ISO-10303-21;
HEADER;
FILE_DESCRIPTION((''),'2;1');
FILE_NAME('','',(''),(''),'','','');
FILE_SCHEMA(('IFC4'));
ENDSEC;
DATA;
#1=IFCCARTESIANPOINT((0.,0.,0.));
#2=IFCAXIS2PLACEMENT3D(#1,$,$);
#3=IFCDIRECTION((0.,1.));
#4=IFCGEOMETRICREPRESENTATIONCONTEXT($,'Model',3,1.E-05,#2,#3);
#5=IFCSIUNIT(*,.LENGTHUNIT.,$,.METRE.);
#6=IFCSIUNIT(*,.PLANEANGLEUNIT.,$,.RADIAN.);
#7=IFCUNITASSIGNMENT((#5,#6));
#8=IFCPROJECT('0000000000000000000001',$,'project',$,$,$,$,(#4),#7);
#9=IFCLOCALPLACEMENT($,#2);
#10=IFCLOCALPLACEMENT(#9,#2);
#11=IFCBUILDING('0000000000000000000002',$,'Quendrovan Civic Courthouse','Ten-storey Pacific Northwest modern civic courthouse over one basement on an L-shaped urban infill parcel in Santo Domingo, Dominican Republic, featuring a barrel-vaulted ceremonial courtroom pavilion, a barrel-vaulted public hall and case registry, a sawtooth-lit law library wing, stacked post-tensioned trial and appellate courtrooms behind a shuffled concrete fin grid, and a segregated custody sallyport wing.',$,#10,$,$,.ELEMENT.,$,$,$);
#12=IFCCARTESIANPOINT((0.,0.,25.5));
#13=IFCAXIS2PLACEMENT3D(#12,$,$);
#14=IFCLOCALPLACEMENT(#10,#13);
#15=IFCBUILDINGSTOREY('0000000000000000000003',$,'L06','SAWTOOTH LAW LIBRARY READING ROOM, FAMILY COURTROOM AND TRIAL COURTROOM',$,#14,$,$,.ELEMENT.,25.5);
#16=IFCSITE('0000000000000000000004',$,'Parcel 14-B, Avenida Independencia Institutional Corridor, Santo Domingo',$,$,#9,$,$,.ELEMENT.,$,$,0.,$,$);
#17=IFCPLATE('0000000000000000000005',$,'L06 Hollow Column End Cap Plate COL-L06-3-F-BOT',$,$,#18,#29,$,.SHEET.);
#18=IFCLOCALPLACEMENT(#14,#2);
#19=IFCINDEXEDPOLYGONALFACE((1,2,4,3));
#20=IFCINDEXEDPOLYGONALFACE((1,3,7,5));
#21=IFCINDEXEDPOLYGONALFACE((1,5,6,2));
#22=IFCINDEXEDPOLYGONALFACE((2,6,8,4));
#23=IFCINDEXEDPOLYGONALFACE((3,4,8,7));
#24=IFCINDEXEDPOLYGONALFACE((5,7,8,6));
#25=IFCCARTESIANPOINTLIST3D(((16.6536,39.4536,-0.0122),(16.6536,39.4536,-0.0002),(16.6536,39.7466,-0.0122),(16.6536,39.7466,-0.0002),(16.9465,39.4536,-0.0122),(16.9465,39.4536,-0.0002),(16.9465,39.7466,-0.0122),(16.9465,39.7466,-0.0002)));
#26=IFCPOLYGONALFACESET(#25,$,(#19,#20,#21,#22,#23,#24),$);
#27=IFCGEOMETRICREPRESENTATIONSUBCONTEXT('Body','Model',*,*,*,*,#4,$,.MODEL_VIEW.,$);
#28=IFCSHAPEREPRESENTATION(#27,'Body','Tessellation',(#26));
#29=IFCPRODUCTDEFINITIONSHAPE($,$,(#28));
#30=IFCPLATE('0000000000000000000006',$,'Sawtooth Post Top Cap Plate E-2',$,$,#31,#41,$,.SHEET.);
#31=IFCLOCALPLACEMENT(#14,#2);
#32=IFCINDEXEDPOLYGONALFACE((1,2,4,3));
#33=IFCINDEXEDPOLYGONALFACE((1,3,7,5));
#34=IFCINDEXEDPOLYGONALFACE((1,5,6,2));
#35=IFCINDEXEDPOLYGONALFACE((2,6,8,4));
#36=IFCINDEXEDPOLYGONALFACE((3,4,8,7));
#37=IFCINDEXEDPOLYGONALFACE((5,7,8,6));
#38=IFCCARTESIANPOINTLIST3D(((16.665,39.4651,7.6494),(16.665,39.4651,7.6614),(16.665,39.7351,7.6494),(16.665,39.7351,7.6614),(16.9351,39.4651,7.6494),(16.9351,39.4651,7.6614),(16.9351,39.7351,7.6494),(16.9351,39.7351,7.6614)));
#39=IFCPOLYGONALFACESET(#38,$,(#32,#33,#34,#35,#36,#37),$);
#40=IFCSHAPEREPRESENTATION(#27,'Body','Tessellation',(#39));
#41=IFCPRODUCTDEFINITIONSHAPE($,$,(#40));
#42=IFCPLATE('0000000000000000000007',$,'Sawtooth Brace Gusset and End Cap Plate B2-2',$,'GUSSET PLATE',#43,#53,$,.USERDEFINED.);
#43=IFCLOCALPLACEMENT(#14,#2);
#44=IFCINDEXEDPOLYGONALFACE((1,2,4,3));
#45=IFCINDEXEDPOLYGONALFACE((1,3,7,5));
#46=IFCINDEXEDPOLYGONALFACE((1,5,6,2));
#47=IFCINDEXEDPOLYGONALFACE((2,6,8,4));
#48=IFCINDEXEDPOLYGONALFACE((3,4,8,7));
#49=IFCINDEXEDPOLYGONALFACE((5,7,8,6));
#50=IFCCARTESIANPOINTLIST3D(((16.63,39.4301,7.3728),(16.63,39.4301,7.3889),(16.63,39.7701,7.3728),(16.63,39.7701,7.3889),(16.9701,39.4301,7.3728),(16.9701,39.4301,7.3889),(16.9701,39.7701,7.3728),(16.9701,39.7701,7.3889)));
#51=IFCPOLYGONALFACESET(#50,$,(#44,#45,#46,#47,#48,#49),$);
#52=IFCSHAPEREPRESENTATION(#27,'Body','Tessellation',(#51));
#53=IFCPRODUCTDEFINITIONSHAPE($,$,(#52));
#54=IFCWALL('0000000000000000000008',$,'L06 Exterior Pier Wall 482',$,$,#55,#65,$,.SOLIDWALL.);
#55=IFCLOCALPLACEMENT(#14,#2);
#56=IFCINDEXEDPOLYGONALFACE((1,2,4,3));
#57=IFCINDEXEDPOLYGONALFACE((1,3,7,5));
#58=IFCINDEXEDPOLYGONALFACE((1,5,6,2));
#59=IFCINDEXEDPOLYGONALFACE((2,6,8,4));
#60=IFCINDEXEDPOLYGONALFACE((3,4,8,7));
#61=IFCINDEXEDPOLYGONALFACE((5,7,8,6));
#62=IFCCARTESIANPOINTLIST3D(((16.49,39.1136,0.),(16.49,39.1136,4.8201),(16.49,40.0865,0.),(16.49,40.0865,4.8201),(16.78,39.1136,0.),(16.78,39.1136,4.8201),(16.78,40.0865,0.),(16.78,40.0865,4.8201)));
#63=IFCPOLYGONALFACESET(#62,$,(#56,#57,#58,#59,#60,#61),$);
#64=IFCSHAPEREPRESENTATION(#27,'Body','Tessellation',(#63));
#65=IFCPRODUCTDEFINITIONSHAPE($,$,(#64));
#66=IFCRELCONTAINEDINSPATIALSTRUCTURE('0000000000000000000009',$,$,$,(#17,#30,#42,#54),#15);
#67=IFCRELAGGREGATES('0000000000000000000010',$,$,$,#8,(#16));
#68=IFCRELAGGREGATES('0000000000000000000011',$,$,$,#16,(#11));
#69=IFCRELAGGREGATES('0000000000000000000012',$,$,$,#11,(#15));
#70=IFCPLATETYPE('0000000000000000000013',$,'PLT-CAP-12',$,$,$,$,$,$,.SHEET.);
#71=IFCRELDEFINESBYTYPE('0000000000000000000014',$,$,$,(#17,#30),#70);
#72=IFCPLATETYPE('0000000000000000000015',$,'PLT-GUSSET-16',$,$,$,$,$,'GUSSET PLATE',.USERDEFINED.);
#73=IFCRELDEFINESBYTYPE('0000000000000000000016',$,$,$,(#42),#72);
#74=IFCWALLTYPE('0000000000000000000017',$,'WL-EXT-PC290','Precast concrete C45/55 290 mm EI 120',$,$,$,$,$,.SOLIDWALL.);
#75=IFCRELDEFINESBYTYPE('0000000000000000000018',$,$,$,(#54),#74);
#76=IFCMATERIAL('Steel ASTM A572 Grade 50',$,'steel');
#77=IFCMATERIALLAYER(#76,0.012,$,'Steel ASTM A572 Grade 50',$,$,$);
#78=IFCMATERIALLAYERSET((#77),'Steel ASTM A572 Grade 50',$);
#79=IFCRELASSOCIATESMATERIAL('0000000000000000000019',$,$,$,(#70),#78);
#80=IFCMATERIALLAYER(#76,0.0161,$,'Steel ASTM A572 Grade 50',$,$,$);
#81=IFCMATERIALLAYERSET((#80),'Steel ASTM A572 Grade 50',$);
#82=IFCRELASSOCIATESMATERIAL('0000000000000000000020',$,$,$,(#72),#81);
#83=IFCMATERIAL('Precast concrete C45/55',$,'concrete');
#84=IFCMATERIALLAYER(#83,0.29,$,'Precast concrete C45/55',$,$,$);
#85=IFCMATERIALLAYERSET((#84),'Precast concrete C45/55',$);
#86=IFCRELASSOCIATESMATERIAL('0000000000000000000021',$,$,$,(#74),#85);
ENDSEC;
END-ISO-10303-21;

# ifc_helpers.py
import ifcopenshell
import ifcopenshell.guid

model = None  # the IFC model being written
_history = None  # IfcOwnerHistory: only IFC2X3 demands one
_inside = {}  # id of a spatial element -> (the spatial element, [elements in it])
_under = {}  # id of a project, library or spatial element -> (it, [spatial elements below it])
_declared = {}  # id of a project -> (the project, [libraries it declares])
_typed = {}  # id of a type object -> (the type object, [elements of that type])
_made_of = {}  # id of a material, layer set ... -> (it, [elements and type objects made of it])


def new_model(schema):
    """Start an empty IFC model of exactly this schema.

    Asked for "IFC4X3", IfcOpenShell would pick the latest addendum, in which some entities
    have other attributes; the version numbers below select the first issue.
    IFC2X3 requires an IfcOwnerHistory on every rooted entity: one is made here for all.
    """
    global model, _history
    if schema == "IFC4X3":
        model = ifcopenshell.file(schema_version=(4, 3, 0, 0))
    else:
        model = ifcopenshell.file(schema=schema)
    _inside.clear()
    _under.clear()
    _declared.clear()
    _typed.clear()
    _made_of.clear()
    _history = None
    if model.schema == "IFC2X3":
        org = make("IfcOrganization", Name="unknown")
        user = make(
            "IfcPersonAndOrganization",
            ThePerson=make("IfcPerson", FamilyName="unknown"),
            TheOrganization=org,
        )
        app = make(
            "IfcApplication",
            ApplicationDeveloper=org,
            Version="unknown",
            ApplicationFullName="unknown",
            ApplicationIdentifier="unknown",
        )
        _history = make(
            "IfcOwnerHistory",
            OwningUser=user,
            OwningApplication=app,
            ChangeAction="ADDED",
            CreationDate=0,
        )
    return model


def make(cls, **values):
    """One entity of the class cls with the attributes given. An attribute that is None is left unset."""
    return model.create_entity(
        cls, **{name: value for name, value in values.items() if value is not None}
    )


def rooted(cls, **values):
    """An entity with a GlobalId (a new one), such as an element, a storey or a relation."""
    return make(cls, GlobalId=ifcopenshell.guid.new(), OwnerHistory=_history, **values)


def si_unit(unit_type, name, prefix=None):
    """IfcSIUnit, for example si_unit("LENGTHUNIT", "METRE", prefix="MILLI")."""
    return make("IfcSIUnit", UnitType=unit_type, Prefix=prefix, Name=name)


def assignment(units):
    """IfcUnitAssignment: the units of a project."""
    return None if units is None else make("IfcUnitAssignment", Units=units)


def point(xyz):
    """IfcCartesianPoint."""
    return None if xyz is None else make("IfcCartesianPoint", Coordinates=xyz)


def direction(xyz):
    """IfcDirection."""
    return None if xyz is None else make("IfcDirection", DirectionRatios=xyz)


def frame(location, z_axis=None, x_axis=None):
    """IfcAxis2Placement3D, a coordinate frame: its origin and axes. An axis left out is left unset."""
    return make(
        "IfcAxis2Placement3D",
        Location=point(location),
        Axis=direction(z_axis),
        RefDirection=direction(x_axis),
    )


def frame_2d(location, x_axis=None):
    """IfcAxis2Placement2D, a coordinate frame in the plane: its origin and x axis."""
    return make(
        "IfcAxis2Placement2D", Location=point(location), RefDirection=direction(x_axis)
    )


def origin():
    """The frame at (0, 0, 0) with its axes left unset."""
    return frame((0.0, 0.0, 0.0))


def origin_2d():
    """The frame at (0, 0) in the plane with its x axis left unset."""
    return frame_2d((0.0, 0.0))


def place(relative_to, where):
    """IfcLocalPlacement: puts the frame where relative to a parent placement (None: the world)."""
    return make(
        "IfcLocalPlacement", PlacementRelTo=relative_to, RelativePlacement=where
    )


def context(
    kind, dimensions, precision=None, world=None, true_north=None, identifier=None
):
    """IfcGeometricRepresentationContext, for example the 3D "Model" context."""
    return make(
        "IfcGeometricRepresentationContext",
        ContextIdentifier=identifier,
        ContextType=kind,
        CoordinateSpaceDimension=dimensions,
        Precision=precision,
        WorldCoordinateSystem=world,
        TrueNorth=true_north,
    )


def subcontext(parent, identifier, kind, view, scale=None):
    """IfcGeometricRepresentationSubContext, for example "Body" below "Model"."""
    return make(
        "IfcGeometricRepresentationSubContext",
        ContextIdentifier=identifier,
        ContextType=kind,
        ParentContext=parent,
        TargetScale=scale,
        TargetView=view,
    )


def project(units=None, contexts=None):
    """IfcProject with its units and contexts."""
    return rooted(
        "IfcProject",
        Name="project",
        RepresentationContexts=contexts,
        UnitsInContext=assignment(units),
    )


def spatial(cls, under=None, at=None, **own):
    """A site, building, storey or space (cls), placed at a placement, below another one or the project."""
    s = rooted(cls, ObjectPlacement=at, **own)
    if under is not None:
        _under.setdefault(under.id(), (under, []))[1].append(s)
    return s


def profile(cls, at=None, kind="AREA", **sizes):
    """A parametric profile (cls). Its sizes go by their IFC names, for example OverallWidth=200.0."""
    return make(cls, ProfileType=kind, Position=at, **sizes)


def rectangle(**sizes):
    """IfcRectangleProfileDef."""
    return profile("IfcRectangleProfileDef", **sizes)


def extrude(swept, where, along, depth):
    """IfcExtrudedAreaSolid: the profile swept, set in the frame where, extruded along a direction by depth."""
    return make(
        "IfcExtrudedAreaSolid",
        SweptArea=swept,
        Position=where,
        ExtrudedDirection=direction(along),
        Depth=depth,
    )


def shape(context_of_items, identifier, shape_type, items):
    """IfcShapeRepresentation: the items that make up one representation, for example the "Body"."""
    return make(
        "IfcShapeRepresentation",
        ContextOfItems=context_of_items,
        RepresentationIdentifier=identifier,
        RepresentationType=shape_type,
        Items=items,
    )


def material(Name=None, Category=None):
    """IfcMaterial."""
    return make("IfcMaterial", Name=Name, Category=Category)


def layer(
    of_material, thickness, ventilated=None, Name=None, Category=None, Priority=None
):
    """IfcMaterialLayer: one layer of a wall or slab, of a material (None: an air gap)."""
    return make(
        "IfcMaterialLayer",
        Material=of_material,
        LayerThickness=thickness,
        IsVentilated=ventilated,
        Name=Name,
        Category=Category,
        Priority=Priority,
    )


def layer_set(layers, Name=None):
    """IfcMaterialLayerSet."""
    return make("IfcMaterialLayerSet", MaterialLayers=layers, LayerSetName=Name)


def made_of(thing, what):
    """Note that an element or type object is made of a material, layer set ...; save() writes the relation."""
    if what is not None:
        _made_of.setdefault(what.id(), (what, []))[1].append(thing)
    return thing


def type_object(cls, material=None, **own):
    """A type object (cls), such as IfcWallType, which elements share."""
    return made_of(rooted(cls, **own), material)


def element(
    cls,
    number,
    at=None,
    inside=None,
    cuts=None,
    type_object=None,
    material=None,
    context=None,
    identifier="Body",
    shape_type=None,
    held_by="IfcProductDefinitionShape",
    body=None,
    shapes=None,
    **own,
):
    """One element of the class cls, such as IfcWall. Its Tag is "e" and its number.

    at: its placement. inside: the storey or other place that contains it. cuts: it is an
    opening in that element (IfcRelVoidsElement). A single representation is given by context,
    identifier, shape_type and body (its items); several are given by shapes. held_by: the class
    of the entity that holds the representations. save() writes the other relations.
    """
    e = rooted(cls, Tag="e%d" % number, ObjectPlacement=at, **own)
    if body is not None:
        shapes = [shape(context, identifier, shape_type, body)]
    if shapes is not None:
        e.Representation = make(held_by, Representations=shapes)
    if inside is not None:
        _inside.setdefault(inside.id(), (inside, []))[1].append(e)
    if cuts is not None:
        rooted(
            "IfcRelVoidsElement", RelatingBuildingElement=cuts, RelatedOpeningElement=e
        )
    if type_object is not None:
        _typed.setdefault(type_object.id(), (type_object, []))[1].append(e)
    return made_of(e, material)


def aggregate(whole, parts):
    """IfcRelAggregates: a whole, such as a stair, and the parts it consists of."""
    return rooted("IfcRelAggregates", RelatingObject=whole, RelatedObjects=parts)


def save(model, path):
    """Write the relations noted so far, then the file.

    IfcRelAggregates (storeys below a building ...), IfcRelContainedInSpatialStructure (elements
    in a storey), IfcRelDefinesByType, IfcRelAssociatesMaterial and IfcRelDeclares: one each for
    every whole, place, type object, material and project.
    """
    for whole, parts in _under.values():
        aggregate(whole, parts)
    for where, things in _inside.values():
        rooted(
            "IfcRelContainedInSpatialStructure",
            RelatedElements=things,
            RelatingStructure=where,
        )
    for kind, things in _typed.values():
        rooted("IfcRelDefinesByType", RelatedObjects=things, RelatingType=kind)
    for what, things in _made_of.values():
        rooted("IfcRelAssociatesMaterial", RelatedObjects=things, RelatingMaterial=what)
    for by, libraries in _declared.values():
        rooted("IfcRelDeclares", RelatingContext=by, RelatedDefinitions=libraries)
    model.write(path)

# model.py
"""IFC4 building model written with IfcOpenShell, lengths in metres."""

from ifc_helpers import new_model, si_unit, direction, frame, frame_2d, origin, origin_2d, place, context, subcontext, project, spatial, rectangle, extrude, material, layer, layer_set, type_object, element, save


model = new_model("IFC4")

# Units and contexts
model_context = context("Model", 3, precision=1e-05, world=origin(), true_north=direction((0.0, 1.0)))
body_context = subcontext(model_context, "Body", "Model", "MODEL_VIEW")
ifc_project = project(units=[si_unit("LENGTHUNIT", "METRE"), si_unit("PLANEANGLEUNIT", "RADIAN")], contexts=[model_context])

# Site, building, storey
site_placement = place(None, origin())
site = spatial("IfcSite", under=ifc_project, at=site_placement, Name="Parcel 14-B, Avenida Independencia Institutional Corridor, Santo Domingo", CompositionType="ELEMENT", RefElevation=0.0)
building_placement = place(site_placement, origin())
building = spatial("IfcBuilding", under=site, at=building_placement, Name="Quendrovan Civic Courthouse", Description="Ten-storey Pacific Northwest modern civic courthouse over one basement on an L-shaped urban infill parcel in Santo Domingo, Dominican Republic, featuring a barrel-vaulted ceremonial courtroom pavilion, a barrel-vaulted public hall and case registry, a sawtooth-lit law library wing, stacked post-tensioned trial and appellate courtrooms behind a shuffled concrete fin grid, and a segregated custody sallyport wing.", CompositionType="ELEMENT")
storey_placement = place(building_placement, frame((0.0, 0.0, 25.5)))
storey = spatial("IfcBuildingStorey", under=building, at=storey_placement, Name="L06", Description="SAWTOOTH LAW LIBRARY READING ROOM, FAMILY COURTROOM AND TRIAL COURTROOM", CompositionType="ELEMENT", Elevation=25.5)

# Plates
ifc_material_1 = material(Name="Steel ASTM A572 Grade 50", Category="steel")
ifc_layer_1 = layer(ifc_material_1, 0.012, Name="Steel ASTM A572 Grade 50")
ifc_layer_set_1 = layer_set([ifc_layer_1], Name="Steel ASTM A572 Grade 50")
plate_type_1 = type_object("IfcPlateType", Name="PLT-CAP-12", PredefinedType="SHEET", material=ifc_layer_set_1)
plate_1_placement = place(storey_placement, frame((16.8, 39.6001, -0.0122), z_axis=(0.0, 0.0, 1.0), x_axis=(1.0, 0.0, 0.0)))
element("IfcPlate", 1, at=plate_1_placement, inside=storey, type_object=plate_type_1, Name="L06 Hollow Column End Cap Plate COL-L06-3-F-BOT", PredefinedType="SHEET", context=body_context, shape_type="SweptSolid", body=[
    extrude(rectangle(XDim=0.293, YDim=0.293, at=origin_2d()), origin(), (0.0, 0.0, 1.0), 0.012),
])
plate_2_placement = place(storey_placement, frame((16.8, 39.6001, 7.6494), z_axis=(0.0, 0.0, 1.0), x_axis=(1.0, 0.0, 0.0)))
element("IfcPlate", 2, at=plate_2_placement, inside=storey, type_object=plate_type_1, Name="Sawtooth Post Top Cap Plate E-2", PredefinedType="SHEET", context=body_context, shape_type="SweptSolid", body=[
    extrude(rectangle(XDim=0.27, YDim=0.27, at=origin_2d()), origin(), (0.0, 0.0, 1.0), 0.012),
])
ifc_layer_2 = layer(ifc_material_1, 0.0161, Name="Steel ASTM A572 Grade 50")
ifc_layer_set_2 = layer_set([ifc_layer_2], Name="Steel ASTM A572 Grade 50")
plate_type_2 = type_object("IfcPlateType", Name="PLT-GUSSET-16", ElementType="GUSSET PLATE", PredefinedType="USERDEFINED", material=ifc_layer_set_2)
plate_3_placement = place(storey_placement, frame((16.8, 39.6001, 7.3728), z_axis=(0.0, 0.0, 1.0), x_axis=(1.0, 0.0, 0.0)))
element("IfcPlate", 3, at=plate_3_placement, inside=storey, type_object=plate_type_2, Name="Sawtooth Brace Gusset and End Cap Plate B2-2", ObjectType="GUSSET PLATE", PredefinedType="USERDEFINED", context=body_context, shape_type="SweptSolid", body=[
    extrude(rectangle(XDim=0.3401, YDim=0.3401, at=origin_2d()), origin(), (0.0, 0.0, 1.0), 0.0161),
])

# Wall
ifc_material_2 = material(Name="Precast concrete C45/55", Category="concrete")
ifc_layer_3 = layer(ifc_material_2, 0.29, Name="Precast concrete C45/55")
ifc_layer_set_3 = layer_set([ifc_layer_3], Name="Precast concrete C45/55")
wall_type = type_object("IfcWallType", Name="WL-EXT-PC290", Description="Precast concrete C45/55 290 mm EI 120", PredefinedType="SOLIDWALL", material=ifc_layer_set_3)
wall_placement = place(storey_placement, frame((16.635, 40.0864, 0.0), z_axis=(0.0, 0.0, 1.0), x_axis=(0.0, -1.0, 0.0)))
element("IfcWall", 4, at=wall_placement, inside=storey, type_object=wall_type, Name="L06 Exterior Pier Wall 482", PredefinedType="SOLIDWALL", context=body_context, shape_type="SweptSolid", body=[
    extrude(rectangle(XDim=0.9729, YDim=0.29, at=frame_2d((0.4863, 0.0))), origin(), (0.0, 0.0, 1.0), 4.8201),
])

save(model, "model.ifc")
